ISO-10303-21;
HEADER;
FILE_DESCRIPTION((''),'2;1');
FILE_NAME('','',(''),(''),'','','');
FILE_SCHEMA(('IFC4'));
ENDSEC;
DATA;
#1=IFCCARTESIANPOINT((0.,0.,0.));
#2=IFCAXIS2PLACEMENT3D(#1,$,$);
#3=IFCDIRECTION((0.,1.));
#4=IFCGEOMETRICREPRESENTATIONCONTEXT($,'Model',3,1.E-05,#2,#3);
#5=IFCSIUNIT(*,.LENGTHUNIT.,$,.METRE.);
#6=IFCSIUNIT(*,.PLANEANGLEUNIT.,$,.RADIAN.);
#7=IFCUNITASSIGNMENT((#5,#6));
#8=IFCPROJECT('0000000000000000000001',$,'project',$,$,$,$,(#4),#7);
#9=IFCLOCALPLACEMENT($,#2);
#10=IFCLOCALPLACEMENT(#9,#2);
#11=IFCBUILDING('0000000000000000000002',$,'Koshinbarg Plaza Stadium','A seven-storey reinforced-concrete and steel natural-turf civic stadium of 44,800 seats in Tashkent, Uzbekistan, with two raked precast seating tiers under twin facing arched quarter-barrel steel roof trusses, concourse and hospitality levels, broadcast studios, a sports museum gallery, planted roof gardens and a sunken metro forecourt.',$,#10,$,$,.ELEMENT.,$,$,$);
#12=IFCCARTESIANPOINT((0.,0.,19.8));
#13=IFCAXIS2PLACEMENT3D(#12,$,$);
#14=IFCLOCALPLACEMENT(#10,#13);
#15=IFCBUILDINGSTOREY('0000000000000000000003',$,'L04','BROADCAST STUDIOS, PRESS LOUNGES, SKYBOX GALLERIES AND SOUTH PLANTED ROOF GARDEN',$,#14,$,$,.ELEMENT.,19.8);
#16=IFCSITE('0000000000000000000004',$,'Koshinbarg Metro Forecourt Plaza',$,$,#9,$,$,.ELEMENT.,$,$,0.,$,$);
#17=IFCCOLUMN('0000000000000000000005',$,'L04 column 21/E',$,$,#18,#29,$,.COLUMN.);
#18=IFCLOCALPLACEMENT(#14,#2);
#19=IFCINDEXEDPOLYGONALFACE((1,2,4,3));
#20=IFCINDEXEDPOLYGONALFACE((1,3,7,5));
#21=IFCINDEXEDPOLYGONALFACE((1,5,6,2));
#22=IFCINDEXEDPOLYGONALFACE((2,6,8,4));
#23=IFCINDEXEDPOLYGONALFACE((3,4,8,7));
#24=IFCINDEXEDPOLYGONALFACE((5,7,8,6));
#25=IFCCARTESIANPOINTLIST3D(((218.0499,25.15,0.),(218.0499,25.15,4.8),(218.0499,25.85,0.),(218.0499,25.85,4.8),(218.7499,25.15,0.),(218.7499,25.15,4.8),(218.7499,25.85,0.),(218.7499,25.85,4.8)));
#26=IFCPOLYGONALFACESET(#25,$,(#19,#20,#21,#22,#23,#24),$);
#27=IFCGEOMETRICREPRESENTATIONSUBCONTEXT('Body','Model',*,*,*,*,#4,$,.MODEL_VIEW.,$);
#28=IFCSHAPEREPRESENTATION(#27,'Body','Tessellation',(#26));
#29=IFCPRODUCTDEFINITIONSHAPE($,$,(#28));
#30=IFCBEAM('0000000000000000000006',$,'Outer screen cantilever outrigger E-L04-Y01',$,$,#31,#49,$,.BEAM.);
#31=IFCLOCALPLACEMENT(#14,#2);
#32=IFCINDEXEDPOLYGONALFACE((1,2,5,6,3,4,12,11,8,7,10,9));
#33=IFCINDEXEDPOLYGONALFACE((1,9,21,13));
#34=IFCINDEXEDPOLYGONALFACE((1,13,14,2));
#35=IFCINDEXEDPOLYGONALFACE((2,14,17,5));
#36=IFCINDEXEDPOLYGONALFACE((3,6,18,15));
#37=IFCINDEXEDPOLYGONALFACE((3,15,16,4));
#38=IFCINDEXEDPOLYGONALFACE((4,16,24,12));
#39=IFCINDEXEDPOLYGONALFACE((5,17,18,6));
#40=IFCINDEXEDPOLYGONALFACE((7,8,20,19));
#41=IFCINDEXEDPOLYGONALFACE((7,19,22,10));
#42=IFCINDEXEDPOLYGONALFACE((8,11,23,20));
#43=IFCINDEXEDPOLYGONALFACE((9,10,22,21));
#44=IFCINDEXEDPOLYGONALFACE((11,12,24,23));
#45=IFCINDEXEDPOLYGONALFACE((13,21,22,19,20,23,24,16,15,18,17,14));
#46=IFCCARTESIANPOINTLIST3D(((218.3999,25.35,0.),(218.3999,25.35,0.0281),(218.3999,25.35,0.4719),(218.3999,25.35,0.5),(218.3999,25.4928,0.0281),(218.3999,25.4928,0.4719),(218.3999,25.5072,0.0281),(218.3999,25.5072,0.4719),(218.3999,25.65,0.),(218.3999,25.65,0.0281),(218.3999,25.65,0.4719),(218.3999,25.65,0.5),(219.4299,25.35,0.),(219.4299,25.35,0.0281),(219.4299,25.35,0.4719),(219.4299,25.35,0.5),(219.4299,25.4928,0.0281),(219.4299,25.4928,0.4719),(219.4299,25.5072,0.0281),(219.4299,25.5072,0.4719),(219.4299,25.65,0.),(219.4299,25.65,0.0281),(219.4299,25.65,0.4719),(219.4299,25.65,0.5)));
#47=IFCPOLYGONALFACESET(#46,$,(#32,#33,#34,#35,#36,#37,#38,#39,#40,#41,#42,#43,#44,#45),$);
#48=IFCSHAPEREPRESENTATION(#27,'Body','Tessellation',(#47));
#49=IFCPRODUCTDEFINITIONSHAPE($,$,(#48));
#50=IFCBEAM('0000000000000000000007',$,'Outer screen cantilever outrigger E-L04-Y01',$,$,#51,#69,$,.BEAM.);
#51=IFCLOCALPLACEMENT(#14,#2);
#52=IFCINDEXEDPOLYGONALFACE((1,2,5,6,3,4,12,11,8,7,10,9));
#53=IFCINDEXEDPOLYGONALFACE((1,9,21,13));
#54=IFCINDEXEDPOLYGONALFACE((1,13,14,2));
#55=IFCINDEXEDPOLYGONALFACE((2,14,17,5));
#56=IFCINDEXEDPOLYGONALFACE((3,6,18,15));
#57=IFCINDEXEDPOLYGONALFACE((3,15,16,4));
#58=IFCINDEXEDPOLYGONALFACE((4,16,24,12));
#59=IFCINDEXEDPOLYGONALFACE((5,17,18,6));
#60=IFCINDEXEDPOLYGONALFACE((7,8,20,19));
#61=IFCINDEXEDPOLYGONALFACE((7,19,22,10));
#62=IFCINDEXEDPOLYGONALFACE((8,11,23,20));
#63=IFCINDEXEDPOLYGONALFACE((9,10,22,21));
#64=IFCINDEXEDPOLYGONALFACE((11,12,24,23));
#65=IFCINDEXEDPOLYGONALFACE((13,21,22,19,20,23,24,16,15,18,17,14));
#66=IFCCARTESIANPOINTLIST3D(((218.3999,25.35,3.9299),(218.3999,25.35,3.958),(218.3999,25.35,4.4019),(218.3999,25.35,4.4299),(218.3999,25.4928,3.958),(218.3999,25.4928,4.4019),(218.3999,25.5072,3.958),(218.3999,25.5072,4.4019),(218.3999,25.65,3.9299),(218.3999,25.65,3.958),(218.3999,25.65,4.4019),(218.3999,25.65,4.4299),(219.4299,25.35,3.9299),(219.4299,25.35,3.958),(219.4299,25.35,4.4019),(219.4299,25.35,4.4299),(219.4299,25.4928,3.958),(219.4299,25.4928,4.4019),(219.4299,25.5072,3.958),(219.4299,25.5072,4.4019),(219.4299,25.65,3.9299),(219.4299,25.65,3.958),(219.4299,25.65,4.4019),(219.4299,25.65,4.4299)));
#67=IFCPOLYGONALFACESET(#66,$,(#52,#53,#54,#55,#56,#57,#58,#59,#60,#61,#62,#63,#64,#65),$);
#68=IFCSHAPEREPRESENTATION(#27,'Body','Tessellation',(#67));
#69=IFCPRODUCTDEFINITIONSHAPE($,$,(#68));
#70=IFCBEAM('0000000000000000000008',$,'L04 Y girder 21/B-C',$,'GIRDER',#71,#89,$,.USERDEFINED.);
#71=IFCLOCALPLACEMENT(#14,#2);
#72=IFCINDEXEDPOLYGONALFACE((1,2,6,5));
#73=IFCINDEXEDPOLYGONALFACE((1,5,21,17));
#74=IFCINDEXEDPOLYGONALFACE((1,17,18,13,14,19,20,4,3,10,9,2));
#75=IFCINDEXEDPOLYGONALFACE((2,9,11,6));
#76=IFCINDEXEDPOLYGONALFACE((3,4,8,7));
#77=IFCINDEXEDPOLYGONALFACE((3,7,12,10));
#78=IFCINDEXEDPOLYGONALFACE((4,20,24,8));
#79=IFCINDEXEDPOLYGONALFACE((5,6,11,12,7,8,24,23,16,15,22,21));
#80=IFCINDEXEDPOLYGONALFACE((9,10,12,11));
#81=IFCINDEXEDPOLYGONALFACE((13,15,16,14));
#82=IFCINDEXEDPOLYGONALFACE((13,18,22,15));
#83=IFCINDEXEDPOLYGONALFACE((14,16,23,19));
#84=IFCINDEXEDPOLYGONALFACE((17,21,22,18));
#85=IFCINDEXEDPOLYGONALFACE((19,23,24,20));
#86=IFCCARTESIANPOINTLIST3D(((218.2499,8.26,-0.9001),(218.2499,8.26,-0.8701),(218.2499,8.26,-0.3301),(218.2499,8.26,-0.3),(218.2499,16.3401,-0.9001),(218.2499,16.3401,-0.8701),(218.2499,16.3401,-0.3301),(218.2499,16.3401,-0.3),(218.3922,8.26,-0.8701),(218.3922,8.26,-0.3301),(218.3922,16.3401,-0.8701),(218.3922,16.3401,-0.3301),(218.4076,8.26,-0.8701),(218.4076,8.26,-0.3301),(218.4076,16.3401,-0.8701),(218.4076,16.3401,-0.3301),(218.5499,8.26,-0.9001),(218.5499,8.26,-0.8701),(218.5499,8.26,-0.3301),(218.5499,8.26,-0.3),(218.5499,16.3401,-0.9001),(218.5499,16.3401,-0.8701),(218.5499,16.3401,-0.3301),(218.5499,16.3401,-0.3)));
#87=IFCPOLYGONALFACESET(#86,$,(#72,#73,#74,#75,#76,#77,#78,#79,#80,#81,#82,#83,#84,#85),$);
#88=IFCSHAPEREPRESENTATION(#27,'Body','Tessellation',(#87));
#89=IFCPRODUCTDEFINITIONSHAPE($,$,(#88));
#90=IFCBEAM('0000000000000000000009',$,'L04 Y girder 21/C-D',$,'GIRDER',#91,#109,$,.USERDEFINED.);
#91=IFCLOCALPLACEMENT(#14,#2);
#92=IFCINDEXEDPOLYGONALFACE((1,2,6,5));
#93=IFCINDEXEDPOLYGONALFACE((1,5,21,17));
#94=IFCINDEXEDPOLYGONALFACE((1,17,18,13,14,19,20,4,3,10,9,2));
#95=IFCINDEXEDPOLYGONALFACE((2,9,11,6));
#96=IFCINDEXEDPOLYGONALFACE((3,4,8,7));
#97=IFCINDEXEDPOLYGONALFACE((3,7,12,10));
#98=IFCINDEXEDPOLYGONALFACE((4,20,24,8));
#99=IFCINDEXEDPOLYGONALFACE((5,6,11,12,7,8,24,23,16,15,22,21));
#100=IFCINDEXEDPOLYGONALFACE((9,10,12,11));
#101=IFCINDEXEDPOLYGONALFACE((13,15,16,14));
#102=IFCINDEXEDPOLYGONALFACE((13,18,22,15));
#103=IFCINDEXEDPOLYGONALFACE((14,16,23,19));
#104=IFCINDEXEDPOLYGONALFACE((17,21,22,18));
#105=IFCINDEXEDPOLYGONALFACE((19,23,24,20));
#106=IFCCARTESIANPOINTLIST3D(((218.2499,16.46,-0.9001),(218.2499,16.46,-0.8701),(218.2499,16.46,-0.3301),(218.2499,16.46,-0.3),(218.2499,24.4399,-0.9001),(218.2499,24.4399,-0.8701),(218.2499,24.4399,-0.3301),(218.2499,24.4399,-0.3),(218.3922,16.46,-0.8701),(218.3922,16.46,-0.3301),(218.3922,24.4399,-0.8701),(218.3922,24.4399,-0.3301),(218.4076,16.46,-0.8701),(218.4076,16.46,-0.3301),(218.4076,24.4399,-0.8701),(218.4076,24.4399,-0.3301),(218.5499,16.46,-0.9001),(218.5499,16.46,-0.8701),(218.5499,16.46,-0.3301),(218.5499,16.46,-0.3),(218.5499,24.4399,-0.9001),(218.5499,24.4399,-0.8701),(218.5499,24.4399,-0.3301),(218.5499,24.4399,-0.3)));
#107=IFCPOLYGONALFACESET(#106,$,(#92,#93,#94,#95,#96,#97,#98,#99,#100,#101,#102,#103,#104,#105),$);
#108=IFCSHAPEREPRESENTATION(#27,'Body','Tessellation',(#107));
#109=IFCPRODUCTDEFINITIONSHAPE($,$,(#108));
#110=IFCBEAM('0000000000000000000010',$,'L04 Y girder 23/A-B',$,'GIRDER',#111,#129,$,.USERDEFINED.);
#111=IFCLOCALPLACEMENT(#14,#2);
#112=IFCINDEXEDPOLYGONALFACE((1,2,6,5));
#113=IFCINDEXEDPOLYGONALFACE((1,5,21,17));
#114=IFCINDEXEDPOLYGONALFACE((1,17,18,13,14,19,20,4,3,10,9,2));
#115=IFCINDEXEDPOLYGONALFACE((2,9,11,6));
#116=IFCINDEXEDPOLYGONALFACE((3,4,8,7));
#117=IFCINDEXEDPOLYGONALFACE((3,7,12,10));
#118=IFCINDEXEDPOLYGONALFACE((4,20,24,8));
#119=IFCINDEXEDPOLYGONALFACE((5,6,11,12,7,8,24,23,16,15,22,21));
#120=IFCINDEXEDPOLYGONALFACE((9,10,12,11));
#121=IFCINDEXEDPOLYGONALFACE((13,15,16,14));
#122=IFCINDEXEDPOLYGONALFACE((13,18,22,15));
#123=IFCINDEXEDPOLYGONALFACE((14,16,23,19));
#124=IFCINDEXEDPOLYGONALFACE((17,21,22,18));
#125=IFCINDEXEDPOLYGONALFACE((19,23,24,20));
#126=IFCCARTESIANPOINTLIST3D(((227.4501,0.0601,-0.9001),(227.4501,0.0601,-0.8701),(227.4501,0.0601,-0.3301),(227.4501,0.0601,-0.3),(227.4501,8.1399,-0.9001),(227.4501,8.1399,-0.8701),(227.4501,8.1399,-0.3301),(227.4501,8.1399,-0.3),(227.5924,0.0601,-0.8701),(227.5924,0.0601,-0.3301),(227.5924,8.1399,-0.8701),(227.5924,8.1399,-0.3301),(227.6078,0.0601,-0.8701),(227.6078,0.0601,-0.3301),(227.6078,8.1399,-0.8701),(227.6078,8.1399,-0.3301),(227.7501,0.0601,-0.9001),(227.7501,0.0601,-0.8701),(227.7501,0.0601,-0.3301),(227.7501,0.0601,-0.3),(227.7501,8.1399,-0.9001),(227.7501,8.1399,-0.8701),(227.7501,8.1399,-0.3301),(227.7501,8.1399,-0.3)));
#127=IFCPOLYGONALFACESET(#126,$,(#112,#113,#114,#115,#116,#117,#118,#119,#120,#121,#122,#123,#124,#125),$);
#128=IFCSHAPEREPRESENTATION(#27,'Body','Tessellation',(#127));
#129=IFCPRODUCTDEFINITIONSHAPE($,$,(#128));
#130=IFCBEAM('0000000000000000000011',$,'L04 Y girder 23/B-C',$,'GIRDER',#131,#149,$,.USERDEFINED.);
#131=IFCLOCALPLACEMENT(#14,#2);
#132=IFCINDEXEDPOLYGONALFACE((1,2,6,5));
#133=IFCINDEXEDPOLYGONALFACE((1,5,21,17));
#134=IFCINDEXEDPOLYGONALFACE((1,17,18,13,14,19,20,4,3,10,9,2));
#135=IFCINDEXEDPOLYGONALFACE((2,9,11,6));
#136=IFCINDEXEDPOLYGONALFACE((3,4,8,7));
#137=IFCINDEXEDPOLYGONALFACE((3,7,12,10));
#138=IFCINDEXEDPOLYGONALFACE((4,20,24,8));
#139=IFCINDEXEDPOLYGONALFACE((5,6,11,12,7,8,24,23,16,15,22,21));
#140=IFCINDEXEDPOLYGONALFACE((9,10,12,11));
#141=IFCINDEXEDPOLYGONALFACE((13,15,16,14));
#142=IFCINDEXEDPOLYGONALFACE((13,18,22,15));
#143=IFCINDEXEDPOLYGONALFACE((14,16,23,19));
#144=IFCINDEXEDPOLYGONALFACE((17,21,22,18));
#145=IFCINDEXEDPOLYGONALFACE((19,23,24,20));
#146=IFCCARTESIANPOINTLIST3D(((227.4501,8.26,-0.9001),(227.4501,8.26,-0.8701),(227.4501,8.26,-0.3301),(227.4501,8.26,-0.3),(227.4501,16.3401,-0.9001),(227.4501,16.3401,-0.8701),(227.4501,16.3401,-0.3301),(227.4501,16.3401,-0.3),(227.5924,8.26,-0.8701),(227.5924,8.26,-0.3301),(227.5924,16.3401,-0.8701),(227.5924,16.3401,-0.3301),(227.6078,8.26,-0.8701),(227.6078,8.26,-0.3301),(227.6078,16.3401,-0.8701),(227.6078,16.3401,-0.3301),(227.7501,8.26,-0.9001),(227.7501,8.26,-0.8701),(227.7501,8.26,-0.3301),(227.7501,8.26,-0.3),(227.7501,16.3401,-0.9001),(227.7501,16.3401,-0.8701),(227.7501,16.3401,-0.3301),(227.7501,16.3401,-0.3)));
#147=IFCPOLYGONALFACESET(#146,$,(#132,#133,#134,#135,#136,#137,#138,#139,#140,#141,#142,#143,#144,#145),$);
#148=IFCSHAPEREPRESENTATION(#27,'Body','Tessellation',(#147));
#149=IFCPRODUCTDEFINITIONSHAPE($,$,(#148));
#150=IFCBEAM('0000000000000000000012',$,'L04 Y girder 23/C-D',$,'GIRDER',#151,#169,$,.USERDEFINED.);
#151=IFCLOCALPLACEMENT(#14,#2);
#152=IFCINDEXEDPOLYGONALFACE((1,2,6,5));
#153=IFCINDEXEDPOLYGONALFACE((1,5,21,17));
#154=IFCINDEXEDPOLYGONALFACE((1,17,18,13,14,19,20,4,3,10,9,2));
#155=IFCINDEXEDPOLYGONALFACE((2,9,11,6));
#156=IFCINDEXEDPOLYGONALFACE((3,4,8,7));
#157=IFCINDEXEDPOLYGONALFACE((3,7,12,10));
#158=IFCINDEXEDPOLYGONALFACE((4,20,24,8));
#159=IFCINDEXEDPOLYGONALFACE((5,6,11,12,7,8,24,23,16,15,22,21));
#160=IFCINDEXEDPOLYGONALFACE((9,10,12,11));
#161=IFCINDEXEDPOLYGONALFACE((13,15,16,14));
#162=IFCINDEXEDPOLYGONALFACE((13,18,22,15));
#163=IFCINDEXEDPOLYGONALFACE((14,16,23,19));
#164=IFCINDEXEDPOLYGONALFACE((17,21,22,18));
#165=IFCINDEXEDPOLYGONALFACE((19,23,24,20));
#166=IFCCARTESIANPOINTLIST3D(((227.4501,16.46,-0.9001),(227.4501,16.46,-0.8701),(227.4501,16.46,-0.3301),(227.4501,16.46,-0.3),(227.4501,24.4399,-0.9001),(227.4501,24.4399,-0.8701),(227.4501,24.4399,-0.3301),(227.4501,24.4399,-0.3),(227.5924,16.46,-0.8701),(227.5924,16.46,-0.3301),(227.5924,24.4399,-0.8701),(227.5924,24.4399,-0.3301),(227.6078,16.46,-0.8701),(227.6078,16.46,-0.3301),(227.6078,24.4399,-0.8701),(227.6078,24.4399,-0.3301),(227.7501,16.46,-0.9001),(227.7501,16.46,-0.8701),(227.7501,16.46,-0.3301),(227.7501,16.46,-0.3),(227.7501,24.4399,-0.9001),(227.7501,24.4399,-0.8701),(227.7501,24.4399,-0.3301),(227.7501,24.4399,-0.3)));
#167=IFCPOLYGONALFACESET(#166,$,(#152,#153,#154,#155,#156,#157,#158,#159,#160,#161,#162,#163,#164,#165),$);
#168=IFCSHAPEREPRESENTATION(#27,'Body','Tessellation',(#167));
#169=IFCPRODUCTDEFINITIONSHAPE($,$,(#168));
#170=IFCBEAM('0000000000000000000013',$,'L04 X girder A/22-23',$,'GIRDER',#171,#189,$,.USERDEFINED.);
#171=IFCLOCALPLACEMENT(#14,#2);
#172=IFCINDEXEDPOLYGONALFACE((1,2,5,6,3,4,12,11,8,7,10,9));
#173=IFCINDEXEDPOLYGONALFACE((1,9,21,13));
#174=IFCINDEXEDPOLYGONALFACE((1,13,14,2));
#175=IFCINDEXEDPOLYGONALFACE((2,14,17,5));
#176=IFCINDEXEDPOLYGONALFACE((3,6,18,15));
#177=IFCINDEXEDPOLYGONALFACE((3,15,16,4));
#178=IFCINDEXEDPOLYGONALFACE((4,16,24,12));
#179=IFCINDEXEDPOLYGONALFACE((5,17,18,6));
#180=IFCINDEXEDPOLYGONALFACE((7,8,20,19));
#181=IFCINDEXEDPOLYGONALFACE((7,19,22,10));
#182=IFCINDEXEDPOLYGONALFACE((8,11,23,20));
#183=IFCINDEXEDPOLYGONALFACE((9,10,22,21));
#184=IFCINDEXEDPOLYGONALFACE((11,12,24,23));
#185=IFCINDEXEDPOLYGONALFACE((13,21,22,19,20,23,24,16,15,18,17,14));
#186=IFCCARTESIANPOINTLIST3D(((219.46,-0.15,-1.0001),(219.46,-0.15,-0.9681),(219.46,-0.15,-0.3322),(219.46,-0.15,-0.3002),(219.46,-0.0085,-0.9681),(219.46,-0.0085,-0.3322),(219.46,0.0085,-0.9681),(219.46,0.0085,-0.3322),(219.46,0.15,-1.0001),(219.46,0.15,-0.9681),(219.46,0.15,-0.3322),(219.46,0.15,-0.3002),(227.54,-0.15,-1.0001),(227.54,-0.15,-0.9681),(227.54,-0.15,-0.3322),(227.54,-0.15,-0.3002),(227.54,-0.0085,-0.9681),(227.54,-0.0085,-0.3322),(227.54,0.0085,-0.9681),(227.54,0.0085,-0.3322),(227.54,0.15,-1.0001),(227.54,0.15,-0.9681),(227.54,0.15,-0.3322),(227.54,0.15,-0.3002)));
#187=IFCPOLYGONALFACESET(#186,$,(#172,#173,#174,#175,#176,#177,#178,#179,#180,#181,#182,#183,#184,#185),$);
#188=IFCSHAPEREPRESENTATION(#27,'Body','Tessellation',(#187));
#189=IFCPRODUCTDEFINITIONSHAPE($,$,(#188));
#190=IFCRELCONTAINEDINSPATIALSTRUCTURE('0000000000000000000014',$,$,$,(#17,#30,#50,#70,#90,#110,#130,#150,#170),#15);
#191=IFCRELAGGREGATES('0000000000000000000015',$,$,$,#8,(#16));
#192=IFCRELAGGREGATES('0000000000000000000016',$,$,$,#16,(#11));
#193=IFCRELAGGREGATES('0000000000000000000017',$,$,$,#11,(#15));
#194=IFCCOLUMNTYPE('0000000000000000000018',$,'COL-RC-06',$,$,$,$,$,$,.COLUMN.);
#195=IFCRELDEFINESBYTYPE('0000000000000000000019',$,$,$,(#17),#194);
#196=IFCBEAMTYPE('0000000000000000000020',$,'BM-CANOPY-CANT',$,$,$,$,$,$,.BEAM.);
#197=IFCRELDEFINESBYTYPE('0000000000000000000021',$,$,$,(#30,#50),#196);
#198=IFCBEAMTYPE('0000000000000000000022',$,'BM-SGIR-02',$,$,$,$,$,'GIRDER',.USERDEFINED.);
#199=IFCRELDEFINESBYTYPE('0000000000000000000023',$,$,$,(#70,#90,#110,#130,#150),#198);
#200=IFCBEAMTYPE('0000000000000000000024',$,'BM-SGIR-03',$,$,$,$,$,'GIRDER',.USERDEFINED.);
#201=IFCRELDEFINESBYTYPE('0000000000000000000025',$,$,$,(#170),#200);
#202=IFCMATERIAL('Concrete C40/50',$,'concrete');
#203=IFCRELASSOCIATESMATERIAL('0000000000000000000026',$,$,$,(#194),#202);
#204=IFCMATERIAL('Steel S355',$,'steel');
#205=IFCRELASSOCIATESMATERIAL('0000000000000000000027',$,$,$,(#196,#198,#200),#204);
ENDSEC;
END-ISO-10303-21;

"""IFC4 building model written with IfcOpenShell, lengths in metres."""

from ifc_helpers import new_model, si_unit, direction, frame, origin, origin_2d, place, context, subcontext, project, spatial, rectangle, i_section, extrude, material, material_profile, profile_set, type_object, element, save


model = new_model("IFC4")

# Units and contexts
model_context = context("Model", 3, precision=1e-05, world=origin(), true_north=direction((0.0, 1.0)))
body_context = subcontext(model_context, "Body", "Model", "MODEL_VIEW")
ifc_project = project(units=[si_unit("LENGTHUNIT", "METRE"), si_unit("PLANEANGLEUNIT", "RADIAN")], contexts=[model_context])

# Site, building, storey
site_placement = place(None, origin())
site = spatial("IfcSite", under=ifc_project, at=site_placement, Name="Koshinbarg Metro Forecourt Plaza", CompositionType="ELEMENT", RefElevation=0.0)
building_placement = place(site_placement, origin())
building = spatial("IfcBuilding", under=site, at=building_placement, Name="Koshinbarg Plaza Stadium", Description="A seven-storey reinforced-concrete and steel natural-turf civic stadium of 44,800 seats in Tashkent, Uzbekistan, with two raked precast seating tiers under twin facing arched quarter-barrel steel roof trusses, concourse and hospitality levels, broadcast studios, a sports museum gallery, planted roof gardens and a sunken metro forecourt.", CompositionType="ELEMENT")
storey_placement = place(building_placement, frame((0.0, 0.0, 19.8)))
storey = spatial("IfcBuildingStorey", under=building, at=storey_placement, Name="L04", Description="BROADCAST STUDIOS, PRESS LOUNGES, SKYBOX GALLERIES AND SOUTH PLANTED ROOF GARDEN", CompositionType="ELEMENT", Elevation=19.8)

# Column
ifc_material_1 = material(Name="Concrete C40/50", Category="concrete")
ifc_material_profile_1 = material_profile(ifc_material_1, rectangle(XDim=0.7, YDim=0.7, at=origin_2d()), Name="RC 700x700")
ifc_profile_set_1 = profile_set([ifc_material_profile_1], Name="Concrete C40/50")
column_type = type_object("IfcColumnType", Name="COL-RC-06", PredefinedType="COLUMN", material=ifc_profile_set_1)
column_placement = place(storey_placement, frame((218.3999, 25.5, 0.0), z_axis=(0.0, 0.0, 1.0), x_axis=(1.0, 0.0, 0.0)))
element("IfcColumn", 1, at=column_placement, inside=storey, type_object=column_type, Name="L04 column 21/E", PredefinedType="COLUMN", context=body_context, shape_type="SweptSolid", body=[
    extrude(rectangle(XDim=0.7, YDim=0.7, at=origin_2d()), origin(), (0.0, 0.0, 1.0), 4.8),
])

# Beams
ifc_material_2 = material(Name="Steel S355", Category="steel")
ifc_material_profile_2 = material_profile(ifc_material_2, i_section(OverallWidth=0.3, OverallDepth=0.5, WebThickness=0.0144, FlangeThickness=0.0281, at=origin_2d()), Name="HEB 500")
ifc_profile_set_2 = profile_set([ifc_material_profile_2], Name="Steel S355")
beam_type_1 = type_object("IfcBeamType", Name="BM-CANOPY-CANT", PredefinedType="BEAM", material=ifc_profile_set_2)
for number, where, z_axis, x_axis, name in (
    (2, (218.3999, 25.5, 0.25), (1.0, 0.0, 0.0), (0.0, 1.0, 0.0), "Outer screen cantilever outrigger E-L04-Y01"),
    (3, (218.3999, 25.5, 4.1799), (1.0, 0.0, 0.0), (0.0, 1.0, 0.0), "Outer screen cantilever outrigger E-L04-Y01"),
):
    element("IfcBeam", number, at=place(storey_placement, frame(where, z_axis=z_axis, x_axis=x_axis)), inside=storey, type_object=beam_type_1, Name=name, PredefinedType="BEAM", context=body_context, shape_type="SweptSolid", body=[
        extrude(i_section(OverallWidth=0.3, OverallDepth=0.5, WebThickness=0.0144, FlangeThickness=0.0281, at=origin_2d()), origin(), (0.0, 0.0, 1.0), 1.03),
    ])
ifc_material_profile_3 = material_profile(ifc_material_2, i_section(OverallWidth=0.3, OverallDepth=0.6001, WebThickness=0.0154, FlangeThickness=0.03, at=origin_2d()), Name="HEB 600")
ifc_profile_set_3 = profile_set([ifc_material_profile_3], Name="Steel S355")
beam_type_2 = type_object("IfcBeamType", Name="BM-SGIR-02", ElementType="GIRDER", PredefinedType="USERDEFINED", material=ifc_profile_set_3)
beam_1_placement = place(storey_placement, frame((218.3999, 8.26, -0.6001), z_axis=(0.0, 1.0, 0.0), x_axis=(-1.0, 0.0, 0.0)))
element("IfcBeam", 4, at=beam_1_placement, inside=storey, type_object=beam_type_2, Name="L04 Y girder 21/B-C", ObjectType="GIRDER", PredefinedType="USERDEFINED", context=body_context, shape_type="SweptSolid", body=[
    extrude(i_section(OverallWidth=0.3, OverallDepth=0.6001, WebThickness=0.0154, FlangeThickness=0.03, at=origin_2d()), origin(), (0.0, 0.0, 1.0), 8.0801),
])
beam_2_placement = place(storey_placement, frame((218.3999, 16.46, -0.6001), z_axis=(0.0, 1.0, 0.0), x_axis=(-1.0, 0.0, 0.0)))
element("IfcBeam", 5, at=beam_2_placement, inside=storey, type_object=beam_type_2, Name="L04 Y girder 21/C-D", ObjectType="GIRDER", PredefinedType="USERDEFINED", context=body_context, shape_type="SweptSolid", body=[
    extrude(i_section(OverallWidth=0.3, OverallDepth=0.6001, WebThickness=0.0154, FlangeThickness=0.03, at=origin_2d()), origin(), (0.0, 0.0, 1.0), 7.98),
])
beam_3_placement = place(storey_placement, frame((227.6001, 0.0601, -0.6001), z_axis=(0.0, 1.0, 0.0), x_axis=(-1.0, 0.0, 0.0)))
element("IfcBeam", 6, at=beam_3_placement, inside=storey, type_object=beam_type_2, Name="L04 Y girder 23/A-B", ObjectType="GIRDER", PredefinedType="USERDEFINED", context=body_context, shape_type="SweptSolid", body=[
    extrude(i_section(OverallWidth=0.3, OverallDepth=0.6001, WebThickness=0.0154, FlangeThickness=0.03, at=origin_2d()), origin(), (0.0, 0.0, 1.0), 8.0798),
])
beam_4_placement = place(storey_placement, frame((227.6001, 8.26, -0.6001), z_axis=(0.0, 1.0, 0.0), x_axis=(-1.0, 0.0, 0.0)))
element("IfcBeam", 7, at=beam_4_placement, inside=storey, type_object=beam_type_2, Name="L04 Y girder 23/B-C", ObjectType="GIRDER", PredefinedType="USERDEFINED", context=body_context, shape_type="SweptSolid", body=[
    extrude(i_section(OverallWidth=0.3, OverallDepth=0.6001, WebThickness=0.0154, FlangeThickness=0.03, at=origin_2d()), origin(), (0.0, 0.0, 1.0), 8.0801),
])
beam_5_placement = place(storey_placement, frame((227.6001, 16.46, -0.6001), z_axis=(0.0, 1.0, 0.0), x_axis=(-1.0, 0.0, 0.0)))
element("IfcBeam", 8, at=beam_5_placement, inside=storey, type_object=beam_type_2, Name="L04 Y girder 23/C-D", ObjectType="GIRDER", PredefinedType="USERDEFINED", context=body_context, shape_type="SweptSolid", body=[
    extrude(i_section(OverallWidth=0.3, OverallDepth=0.6001, WebThickness=0.0154, FlangeThickness=0.03, at=origin_2d()), origin(), (0.0, 0.0, 1.0), 7.98),
])
ifc_material_profile_4 = material_profile(ifc_material_2, i_section(OverallWidth=0.3, OverallDepth=0.7, WebThickness=0.0171, FlangeThickness=0.032, at=origin_2d()), Name="HEB 700")
ifc_profile_set_4 = profile_set([ifc_material_profile_4], Name="Steel S355")
beam_type_3 = type_object("IfcBeamType", Name="BM-SGIR-03", ElementType="GIRDER", PredefinedType="USERDEFINED", material=ifc_profile_set_4)
for number, where, z_axis, x_axis, name in (
    (9, (219.46, 0.0, -0.6501), (1.0, 0.0, 0.0), (0.0, 1.0, 0.0), "L04 X girder A/22-23"),
):
    element("IfcBeam", number, at=place(storey_placement, frame(where, z_axis=z_axis, x_axis=x_axis)), inside=storey, type_object=beam_type_3, Name=name, ObjectType="GIRDER", PredefinedType="USERDEFINED", context=body_context, shape_type="SweptSolid", body=[
        extrude(i_section(OverallWidth=0.3, OverallDepth=0.7, WebThickness=0.0171, FlangeThickness=0.032, at=origin_2d()), origin(), (0.0, 0.0, 1.0), 8.0801),
    ])

save(model, "model.ifc")
